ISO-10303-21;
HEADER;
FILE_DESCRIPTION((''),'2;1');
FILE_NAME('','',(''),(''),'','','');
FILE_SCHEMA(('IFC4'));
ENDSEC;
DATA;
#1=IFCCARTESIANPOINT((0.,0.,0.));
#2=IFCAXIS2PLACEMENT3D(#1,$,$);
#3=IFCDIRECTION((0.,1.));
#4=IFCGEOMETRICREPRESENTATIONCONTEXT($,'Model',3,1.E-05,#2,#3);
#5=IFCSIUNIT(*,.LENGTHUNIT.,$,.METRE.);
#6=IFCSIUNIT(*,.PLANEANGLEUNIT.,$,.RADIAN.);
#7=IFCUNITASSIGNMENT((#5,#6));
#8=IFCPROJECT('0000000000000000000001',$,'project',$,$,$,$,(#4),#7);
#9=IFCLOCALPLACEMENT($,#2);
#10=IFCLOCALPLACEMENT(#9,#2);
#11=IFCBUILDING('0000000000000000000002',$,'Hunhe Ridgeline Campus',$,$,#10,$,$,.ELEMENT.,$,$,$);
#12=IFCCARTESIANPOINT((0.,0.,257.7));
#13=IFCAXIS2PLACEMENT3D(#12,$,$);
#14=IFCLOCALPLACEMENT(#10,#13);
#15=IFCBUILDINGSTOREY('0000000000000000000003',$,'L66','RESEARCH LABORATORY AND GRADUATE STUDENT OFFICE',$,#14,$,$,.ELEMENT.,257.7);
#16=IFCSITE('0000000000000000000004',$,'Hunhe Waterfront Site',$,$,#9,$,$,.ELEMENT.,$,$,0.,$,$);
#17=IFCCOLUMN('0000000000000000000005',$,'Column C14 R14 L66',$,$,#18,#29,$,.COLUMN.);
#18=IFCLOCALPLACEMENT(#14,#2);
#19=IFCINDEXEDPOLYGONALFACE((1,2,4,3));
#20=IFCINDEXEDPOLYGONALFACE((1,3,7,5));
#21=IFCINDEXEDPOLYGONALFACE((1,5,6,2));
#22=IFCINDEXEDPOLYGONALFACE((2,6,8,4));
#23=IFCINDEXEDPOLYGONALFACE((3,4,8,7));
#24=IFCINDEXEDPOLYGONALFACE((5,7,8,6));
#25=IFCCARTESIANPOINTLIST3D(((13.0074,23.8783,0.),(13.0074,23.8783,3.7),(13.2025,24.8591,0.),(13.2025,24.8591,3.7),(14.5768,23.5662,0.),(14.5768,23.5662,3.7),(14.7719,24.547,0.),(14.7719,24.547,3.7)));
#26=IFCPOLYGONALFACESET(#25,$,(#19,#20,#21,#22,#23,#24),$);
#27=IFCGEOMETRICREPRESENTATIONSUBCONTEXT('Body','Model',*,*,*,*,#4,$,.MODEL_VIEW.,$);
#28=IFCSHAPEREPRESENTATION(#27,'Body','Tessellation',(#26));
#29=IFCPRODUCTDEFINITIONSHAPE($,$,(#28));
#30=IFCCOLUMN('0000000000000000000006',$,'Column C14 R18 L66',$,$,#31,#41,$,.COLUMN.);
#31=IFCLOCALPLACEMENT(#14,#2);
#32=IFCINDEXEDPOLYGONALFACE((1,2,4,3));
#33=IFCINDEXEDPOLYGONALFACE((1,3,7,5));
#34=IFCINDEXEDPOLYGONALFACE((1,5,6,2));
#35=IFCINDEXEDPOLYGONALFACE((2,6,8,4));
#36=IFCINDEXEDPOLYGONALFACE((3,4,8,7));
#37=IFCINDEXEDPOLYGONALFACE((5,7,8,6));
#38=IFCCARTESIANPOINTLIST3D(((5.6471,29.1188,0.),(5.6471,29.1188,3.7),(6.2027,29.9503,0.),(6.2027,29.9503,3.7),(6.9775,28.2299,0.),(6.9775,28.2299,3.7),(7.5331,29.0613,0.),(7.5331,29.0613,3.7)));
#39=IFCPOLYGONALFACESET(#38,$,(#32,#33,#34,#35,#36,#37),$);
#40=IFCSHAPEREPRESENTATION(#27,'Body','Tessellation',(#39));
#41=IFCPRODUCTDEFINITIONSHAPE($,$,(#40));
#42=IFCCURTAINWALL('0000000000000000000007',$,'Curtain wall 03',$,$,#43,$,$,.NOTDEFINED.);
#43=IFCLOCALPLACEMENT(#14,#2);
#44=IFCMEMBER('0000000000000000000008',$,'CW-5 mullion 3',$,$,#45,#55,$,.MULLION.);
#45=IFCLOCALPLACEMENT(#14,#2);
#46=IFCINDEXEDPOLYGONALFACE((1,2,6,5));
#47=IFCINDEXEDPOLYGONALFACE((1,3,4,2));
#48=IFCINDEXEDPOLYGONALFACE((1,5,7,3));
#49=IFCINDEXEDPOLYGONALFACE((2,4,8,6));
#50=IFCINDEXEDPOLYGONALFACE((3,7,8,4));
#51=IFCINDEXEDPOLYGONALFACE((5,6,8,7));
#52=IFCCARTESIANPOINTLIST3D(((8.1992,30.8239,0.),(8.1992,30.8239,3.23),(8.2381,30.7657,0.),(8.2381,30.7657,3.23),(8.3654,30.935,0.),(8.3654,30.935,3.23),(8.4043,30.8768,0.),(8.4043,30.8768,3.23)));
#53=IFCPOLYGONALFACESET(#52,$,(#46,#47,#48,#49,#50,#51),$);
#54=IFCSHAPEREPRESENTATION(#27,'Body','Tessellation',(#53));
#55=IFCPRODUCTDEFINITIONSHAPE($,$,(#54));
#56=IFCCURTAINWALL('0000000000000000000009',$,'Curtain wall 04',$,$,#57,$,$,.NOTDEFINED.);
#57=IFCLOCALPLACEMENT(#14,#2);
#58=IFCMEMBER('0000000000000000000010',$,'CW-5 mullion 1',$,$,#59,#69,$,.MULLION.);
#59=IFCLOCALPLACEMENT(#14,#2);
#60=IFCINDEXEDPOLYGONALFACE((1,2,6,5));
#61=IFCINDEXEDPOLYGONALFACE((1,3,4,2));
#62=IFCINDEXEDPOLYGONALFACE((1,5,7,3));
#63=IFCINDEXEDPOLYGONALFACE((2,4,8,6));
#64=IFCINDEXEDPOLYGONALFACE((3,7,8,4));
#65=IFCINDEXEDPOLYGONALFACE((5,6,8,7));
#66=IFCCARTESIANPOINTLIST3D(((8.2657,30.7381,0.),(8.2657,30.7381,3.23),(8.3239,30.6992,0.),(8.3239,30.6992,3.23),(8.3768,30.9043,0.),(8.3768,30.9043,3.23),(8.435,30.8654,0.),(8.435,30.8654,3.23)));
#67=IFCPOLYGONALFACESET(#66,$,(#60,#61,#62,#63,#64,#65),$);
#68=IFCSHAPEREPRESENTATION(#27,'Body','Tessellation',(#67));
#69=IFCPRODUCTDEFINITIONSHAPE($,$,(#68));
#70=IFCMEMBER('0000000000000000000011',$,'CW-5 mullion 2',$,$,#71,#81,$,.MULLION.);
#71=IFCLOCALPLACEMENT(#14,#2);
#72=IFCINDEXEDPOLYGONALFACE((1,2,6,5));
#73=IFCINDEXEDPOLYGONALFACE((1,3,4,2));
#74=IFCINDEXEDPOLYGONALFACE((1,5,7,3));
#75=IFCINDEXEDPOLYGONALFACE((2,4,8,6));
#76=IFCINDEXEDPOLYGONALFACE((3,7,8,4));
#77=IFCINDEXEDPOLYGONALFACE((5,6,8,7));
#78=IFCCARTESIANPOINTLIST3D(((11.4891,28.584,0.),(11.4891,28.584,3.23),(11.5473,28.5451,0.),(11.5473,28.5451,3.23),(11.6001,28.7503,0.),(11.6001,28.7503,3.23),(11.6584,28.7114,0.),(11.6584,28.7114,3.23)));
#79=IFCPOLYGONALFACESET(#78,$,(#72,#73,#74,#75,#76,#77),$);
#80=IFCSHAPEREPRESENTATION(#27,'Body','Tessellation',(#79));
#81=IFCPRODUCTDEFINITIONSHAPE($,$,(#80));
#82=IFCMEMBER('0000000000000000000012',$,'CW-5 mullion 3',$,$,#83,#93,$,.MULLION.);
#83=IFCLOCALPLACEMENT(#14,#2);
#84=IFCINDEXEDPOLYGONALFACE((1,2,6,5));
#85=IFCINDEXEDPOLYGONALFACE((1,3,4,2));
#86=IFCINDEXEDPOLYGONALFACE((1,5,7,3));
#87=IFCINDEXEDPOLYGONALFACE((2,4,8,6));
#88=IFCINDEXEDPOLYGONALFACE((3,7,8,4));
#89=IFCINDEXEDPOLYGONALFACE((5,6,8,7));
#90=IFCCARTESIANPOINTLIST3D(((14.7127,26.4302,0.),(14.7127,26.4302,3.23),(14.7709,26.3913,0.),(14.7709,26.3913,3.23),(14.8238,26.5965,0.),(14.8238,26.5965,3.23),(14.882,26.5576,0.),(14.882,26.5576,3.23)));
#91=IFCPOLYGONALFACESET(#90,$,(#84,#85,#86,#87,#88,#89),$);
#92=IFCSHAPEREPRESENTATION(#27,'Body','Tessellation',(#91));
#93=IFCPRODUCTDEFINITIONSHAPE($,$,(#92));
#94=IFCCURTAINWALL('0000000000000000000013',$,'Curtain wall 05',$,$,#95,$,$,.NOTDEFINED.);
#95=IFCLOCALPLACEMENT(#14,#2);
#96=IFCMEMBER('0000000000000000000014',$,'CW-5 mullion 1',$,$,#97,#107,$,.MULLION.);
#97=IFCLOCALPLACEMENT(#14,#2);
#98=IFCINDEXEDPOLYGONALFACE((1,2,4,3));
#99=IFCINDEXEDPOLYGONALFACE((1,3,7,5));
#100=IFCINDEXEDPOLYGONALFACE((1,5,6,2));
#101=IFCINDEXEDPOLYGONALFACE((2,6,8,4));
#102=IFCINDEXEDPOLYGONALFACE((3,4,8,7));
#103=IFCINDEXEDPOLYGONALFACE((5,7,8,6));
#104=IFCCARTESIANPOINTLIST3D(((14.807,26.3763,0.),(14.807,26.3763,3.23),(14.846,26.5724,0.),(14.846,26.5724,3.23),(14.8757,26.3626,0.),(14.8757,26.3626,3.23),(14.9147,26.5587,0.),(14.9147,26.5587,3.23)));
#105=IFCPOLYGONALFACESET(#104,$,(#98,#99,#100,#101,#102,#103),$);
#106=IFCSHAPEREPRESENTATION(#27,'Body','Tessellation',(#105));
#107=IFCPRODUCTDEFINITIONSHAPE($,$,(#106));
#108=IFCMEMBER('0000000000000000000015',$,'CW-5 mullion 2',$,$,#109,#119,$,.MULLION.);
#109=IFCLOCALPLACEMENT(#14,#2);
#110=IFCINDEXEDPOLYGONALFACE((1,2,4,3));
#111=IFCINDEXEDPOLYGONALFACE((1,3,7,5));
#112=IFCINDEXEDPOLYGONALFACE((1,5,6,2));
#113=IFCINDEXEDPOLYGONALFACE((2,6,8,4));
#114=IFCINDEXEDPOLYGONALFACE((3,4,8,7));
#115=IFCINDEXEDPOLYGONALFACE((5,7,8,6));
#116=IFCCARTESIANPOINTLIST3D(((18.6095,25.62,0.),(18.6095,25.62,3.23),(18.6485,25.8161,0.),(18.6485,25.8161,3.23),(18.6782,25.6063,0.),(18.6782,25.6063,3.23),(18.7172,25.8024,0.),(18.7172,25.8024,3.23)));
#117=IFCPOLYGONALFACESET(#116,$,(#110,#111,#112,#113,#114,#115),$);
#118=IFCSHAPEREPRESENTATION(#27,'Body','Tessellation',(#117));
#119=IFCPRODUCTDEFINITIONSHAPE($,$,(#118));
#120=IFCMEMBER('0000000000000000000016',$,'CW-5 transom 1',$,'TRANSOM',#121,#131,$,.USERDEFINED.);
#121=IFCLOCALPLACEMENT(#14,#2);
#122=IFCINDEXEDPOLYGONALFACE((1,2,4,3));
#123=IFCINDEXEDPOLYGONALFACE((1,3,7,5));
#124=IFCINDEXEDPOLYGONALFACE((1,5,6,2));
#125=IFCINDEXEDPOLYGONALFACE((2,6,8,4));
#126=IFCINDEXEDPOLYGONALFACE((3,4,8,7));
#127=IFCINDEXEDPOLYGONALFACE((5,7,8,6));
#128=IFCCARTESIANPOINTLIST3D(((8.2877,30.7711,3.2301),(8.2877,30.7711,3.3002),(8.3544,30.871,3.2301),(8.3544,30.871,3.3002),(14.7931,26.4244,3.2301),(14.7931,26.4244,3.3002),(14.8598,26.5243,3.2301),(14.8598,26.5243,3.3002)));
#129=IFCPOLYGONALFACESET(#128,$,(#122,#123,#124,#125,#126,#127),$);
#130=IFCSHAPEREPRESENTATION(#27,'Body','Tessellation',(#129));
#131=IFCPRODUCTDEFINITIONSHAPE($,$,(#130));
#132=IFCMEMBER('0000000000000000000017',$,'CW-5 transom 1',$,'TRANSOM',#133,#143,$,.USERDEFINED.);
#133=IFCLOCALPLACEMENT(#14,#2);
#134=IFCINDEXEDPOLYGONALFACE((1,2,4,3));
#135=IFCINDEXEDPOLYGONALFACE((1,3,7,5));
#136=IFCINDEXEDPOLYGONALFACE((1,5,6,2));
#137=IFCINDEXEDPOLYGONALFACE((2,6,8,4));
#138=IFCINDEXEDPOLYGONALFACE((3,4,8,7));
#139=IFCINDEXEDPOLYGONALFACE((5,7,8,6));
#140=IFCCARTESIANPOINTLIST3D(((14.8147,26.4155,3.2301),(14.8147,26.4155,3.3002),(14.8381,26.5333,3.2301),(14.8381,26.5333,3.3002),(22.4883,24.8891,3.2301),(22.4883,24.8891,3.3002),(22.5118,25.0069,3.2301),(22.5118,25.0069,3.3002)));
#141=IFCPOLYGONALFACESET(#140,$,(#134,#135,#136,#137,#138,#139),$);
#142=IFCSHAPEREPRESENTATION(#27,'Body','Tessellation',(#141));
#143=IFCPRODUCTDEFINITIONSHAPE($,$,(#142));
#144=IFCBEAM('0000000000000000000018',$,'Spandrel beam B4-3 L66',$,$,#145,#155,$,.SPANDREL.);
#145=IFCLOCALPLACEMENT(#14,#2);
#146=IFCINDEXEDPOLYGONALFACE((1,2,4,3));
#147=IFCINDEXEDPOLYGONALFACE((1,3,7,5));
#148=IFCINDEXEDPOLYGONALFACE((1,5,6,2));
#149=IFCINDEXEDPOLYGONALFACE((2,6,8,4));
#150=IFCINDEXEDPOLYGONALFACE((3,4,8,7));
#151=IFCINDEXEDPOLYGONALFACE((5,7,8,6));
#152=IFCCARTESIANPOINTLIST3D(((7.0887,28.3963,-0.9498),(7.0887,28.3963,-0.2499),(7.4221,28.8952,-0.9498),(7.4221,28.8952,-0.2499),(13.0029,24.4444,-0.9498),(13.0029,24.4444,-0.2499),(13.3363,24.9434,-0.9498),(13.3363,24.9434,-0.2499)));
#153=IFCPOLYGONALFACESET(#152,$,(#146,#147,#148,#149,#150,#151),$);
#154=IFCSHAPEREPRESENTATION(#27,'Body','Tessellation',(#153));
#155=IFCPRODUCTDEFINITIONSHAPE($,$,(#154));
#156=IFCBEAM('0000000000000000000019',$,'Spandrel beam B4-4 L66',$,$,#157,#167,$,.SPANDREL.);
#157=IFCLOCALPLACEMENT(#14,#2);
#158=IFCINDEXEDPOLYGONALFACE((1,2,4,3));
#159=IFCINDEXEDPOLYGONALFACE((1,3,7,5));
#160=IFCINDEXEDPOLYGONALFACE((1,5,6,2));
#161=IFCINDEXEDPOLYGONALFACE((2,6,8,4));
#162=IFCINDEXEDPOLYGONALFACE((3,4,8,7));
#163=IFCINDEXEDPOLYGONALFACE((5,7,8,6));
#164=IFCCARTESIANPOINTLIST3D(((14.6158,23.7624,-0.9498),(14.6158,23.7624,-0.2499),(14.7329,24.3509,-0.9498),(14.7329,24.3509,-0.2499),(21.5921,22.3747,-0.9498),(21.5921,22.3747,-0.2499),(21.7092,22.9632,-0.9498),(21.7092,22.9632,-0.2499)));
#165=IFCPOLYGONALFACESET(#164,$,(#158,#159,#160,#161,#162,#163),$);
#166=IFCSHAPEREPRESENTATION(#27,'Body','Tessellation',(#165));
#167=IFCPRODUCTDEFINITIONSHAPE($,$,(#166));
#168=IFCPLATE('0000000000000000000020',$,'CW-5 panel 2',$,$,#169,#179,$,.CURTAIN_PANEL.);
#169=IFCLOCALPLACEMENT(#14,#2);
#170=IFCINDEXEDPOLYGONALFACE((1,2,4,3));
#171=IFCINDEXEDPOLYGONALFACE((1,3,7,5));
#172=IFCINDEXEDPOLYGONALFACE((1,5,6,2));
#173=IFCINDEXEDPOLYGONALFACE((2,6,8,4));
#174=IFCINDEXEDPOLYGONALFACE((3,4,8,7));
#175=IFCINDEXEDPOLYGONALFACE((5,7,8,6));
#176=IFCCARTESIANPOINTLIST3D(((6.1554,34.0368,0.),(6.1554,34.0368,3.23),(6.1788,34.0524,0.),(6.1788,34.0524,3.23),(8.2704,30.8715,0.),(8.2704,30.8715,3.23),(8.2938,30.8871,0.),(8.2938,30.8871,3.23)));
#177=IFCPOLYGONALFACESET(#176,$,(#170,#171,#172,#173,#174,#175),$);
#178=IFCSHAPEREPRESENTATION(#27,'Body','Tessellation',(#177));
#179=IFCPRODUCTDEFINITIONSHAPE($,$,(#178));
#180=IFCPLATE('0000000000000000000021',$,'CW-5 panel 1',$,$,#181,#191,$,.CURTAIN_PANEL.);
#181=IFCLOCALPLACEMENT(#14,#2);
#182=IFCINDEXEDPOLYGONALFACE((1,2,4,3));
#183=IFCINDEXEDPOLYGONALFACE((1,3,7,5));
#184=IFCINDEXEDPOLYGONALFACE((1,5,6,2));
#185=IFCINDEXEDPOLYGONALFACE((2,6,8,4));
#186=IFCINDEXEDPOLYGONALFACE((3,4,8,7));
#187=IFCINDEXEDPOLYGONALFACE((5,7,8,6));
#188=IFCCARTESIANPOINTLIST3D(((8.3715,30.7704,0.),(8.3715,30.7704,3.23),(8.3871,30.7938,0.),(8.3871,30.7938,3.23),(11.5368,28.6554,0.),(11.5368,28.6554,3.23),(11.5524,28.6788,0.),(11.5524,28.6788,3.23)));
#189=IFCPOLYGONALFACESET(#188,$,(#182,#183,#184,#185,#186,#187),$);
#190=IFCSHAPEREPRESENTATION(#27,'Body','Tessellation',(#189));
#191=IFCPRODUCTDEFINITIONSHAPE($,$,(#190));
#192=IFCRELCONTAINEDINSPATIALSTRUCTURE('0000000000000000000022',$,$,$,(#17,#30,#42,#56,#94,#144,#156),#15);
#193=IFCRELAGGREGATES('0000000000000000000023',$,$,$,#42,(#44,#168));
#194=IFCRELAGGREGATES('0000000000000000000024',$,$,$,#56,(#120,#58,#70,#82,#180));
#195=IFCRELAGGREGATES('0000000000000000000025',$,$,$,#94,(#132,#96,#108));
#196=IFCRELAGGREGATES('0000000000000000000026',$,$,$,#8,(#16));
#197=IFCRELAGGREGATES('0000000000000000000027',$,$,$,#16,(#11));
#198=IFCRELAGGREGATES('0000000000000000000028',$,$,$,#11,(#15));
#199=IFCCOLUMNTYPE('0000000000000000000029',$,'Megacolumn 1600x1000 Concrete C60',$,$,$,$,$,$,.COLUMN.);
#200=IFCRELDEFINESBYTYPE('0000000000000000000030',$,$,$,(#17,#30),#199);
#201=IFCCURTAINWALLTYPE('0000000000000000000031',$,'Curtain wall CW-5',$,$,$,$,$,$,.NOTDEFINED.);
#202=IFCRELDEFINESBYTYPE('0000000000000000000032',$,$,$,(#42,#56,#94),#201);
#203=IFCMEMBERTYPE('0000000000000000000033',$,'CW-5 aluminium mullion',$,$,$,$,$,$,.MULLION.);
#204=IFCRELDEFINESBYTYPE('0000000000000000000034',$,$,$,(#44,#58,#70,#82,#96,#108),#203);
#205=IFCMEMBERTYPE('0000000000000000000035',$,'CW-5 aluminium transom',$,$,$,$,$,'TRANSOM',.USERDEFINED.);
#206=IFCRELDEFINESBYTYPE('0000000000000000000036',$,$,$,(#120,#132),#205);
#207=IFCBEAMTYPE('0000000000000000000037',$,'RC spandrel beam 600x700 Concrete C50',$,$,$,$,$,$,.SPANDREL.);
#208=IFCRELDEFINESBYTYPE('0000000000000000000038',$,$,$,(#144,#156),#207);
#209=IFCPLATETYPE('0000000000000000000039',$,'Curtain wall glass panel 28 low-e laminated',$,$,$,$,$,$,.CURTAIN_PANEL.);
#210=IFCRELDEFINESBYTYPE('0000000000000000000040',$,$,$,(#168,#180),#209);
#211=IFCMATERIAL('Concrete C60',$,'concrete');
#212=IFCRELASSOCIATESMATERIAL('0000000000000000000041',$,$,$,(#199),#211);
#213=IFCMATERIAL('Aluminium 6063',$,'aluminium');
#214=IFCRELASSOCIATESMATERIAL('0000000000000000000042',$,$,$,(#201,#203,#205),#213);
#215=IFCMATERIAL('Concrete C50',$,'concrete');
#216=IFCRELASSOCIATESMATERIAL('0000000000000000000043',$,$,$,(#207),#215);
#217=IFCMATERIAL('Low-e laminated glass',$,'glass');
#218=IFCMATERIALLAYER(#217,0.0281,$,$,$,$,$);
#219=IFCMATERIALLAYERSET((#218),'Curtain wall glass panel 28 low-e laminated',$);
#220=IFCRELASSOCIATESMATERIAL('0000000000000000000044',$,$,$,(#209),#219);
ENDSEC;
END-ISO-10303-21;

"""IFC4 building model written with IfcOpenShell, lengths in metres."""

from ifc_helpers import new_model, si_unit, direction, frame, origin, origin_2d, place, context, subcontext, project, spatial, rectangle, extrude, material, layer, layer_set, material_profile, profile_set, type_object, element, aggregate, save


model = new_model("IFC4")

# Units and contexts
model_context = context("Model", 3, precision=1e-05, world=origin(), true_north=direction((0.0, 1.0)))
body_context = subcontext(model_context, "Body", "Model", "MODEL_VIEW")
ifc_project = project(units=[si_unit("LENGTHUNIT", "METRE"), si_unit("PLANEANGLEUNIT", "RADIAN")], contexts=[model_context])

# Site, building, storey
site_placement = place(None, origin())
site = spatial("IfcSite", under=ifc_project, at=site_placement, Name="Hunhe Waterfront Site", CompositionType="ELEMENT", RefElevation=0.0)
building_placement = place(site_placement, origin())
building = spatial("IfcBuilding", under=site, at=building_placement, Name="Hunhe Ridgeline Campus", CompositionType="ELEMENT")
storey_placement = place(building_placement, frame((0.0, 0.0, 257.7)))
storey = spatial("IfcBuildingStorey", under=building, at=storey_placement, Name="L66", Description="RESEARCH LABORATORY AND GRADUATE STUDENT OFFICE", CompositionType="ELEMENT", Elevation=257.7)

# Columns
ifc_material_1 = material(Name="Concrete C60", Category="concrete")
ifc_material_profile_1 = material_profile(ifc_material_1, rectangle(XDim=1.6001, YDim=1.0, at=origin_2d()))
ifc_profile_set_1 = profile_set([ifc_material_profile_1], Name="Concrete C60")
column_type = type_object("IfcColumnType", Name="Megacolumn 1600x1000 Concrete C60", PredefinedType="COLUMN", material=ifc_profile_set_1)
for number, where, z_axis, x_axis, name in (
    (1, (13.8896, 24.2126, 0.0), (0.0, 0.0, 1.0), (-0.980785, 0.19509, 0.0), "Column C14 R14 L66"),
    (2, (6.5901, 29.0901, 0.0), (0.0, 0.0, 1.0), (-0.83147, 0.55557, 0.0), "Column C14 R18 L66"),
):
    element("IfcColumn", number, at=place(storey_placement, frame(where, z_axis=z_axis, x_axis=x_axis)), inside=storey, type_object=column_type, Name=name, PredefinedType="COLUMN", context=body_context, shape_type="SweptSolid", body=[
        extrude(rectangle(XDim=1.6001, YDim=1.0, at=origin_2d()), origin(), (0.0, 0.0, 1.0), 3.7),
    ])

# Curtain wall, member
ifc_material_2 = material(Name="Aluminium 6063", Category="aluminium")
curtain_wall_type = type_object("IfcCurtainWallType", Name="Curtain wall CW-5", PredefinedType="NOTDEFINED", material=ifc_material_2)
curtain_wall_1_placement = place(storey_placement, origin())
curtain_wall_1 = element("IfcCurtainWall", 3, at=curtain_wall_1_placement, inside=storey, type_object=curtain_wall_type, Name="Curtain wall 03", PredefinedType="NOTDEFINED")
ifc_material_profile_2 = material_profile(ifc_material_2, rectangle(XDim=0.2, YDim=0.0701, at=origin_2d()))
ifc_profile_set_2 = profile_set([ifc_material_profile_2], Name="Aluminium 6063")
member_type_1 = type_object("IfcMemberType", Name="CW-5 aluminium mullion", PredefinedType="MULLION", material=ifc_profile_set_2)
member_1_placement = place(storey_placement, frame((8.3018, 30.8503, 0.0), z_axis=(0.0, 0.0, 1.0), x_axis=(0.83147, 0.55557, 0.0)))
member_1 = element("IfcMember", 4, at=member_1_placement, type_object=member_type_1, Name="CW-5 mullion 3", PredefinedType="MULLION", context=body_context, shape_type="SweptSolid", body=[
    extrude(rectangle(XDim=0.2, YDim=0.0701, at=origin_2d()), origin(), (0.0, 0.0, 1.0), 3.23),
])

# Curtain walls, members
curtain_wall_2_placement = place(storey_placement, origin())
curtain_wall_2 = element("IfcCurtainWall", 5, at=curtain_wall_2_placement, inside=storey, type_object=curtain_wall_type, Name="Curtain wall 04", PredefinedType="NOTDEFINED")
member_2_placement = place(storey_placement, frame((8.3503, 30.8018, 0.0), z_axis=(0.0, 0.0, 1.0), x_axis=(0.55557, 0.83147, 0.0)))
member_2 = element("IfcMember", 6, at=member_2_placement, type_object=member_type_1, Name="CW-5 mullion 1", PredefinedType="MULLION", context=body_context, shape_type="SweptSolid", body=[
    extrude(rectangle(XDim=0.2, YDim=0.0701, at=origin_2d()), origin(), (0.0, 0.0, 1.0), 3.23),
])
member_3_placement = place(storey_placement, frame((11.5737, 28.6477, 0.0), z_axis=(0.0, 0.0, 1.0), x_axis=(0.55557, 0.83147, 0.0)))
member_3 = element("IfcMember", 7, at=member_3_placement, type_object=member_type_1, Name="CW-5 mullion 2", PredefinedType="MULLION", context=body_context, shape_type="SweptSolid", body=[
    extrude(rectangle(XDim=0.2, YDim=0.0701, at=origin_2d()), origin(), (0.0, 0.0, 1.0), 3.23),
])
member_4_placement = place(storey_placement, frame((14.7974, 26.4939, 0.0), z_axis=(0.0, 0.0, 1.0), x_axis=(0.55557, 0.83147, 0.0)))
member_4 = element("IfcMember", 8, at=member_4_placement, type_object=member_type_1, Name="CW-5 mullion 3", PredefinedType="MULLION", context=body_context, shape_type="SweptSolid", body=[
    extrude(rectangle(XDim=0.2, YDim=0.0701, at=origin_2d()), origin(), (0.0, 0.0, 1.0), 3.23),
])
curtain_wall_3_placement = place(storey_placement, origin())
curtain_wall_3 = element("IfcCurtainWall", 9, at=curtain_wall_3_placement, inside=storey, type_object=curtain_wall_type, Name="Curtain wall 05", PredefinedType="NOTDEFINED")
member_5_placement = place(storey_placement, frame((14.8608, 26.4675, 0.0), z_axis=(0.0, 0.0, 1.0), x_axis=(0.19509, 0.980785, 0.0)))
member_5 = element("IfcMember", 10, at=member_5_placement, type_object=member_type_1, Name="CW-5 mullion 1", PredefinedType="MULLION", context=body_context, shape_type="SweptSolid", body=[
    extrude(rectangle(XDim=0.2, YDim=0.0701, at=origin_2d()), origin(), (0.0, 0.0, 1.0), 3.23),
])
member_6_placement = place(storey_placement, frame((18.6633, 25.7112, 0.0), z_axis=(0.0, 0.0, 1.0), x_axis=(0.19509, 0.980785, 0.0)))
member_6 = element("IfcMember", 11, at=member_6_placement, type_object=member_type_1, Name="CW-5 mullion 2", PredefinedType="MULLION", context=body_context, shape_type="SweptSolid", body=[
    extrude(rectangle(XDim=0.2, YDim=0.0701, at=origin_2d()), origin(), (0.0, 0.0, 1.0), 3.23),
])

# Members
ifc_material_profile_3 = material_profile(ifc_material_2, rectangle(XDim=0.1201, YDim=0.0701, at=origin_2d()))
ifc_profile_set_3 = profile_set([ifc_material_profile_3], Name="Aluminium 6063")
member_type_2 = type_object("IfcMemberType", Name="CW-5 aluminium transom", ElementType="TRANSOM", PredefinedType="USERDEFINED", material=ifc_profile_set_3)
member_7_placement = place(storey_placement, frame((8.321, 30.821, 3.2651), z_axis=(0.831474, -0.555564, 0.0), x_axis=(0.555564, 0.831474, 0.0)))
member_7 = element("IfcMember", 12, at=member_7_placement, type_object=member_type_2, Name="CW-5 transom 1", ObjectType="TRANSOM", PredefinedType="USERDEFINED", context=body_context, shape_type="SweptSolid", body=[
    extrude(rectangle(XDim=0.1201, YDim=0.0701, at=origin_2d()), origin(), (0.0, 0.0, 1.0), 7.824),
])
member_8_placement = place(storey_placement, frame((14.8264, 26.4744, 3.2651), z_axis=(0.980785, -0.19509, 0.0), x_axis=(0.19509, 0.980785, 0.0)))
member_8 = element("IfcMember", 13, at=member_8_placement, type_object=member_type_2, Name="CW-5 transom 1", ObjectType="TRANSOM", PredefinedType="USERDEFINED", context=body_context, shape_type="SweptSolid", body=[
    extrude(rectangle(XDim=0.1201, YDim=0.0701, at=origin_2d()), origin(), (0.0, 0.0, 1.0), 7.824),
])

# Beams
ifc_material_3 = material(Name="Concrete C50", Category="concrete")
ifc_material_profile_4 = material_profile(ifc_material_3, rectangle(XDim=0.6001, YDim=0.7, at=origin_2d()))
ifc_profile_set_4 = profile_set([ifc_material_profile_4], Name="Concrete C50")
beam_type = type_object("IfcBeamType", Name="RC spandrel beam 600x700 Concrete C50", PredefinedType="SPANDREL", material=ifc_profile_set_4)
for number, where, z_axis, x_axis, name in (
    (14, (7.2554, 28.6458, -0.5999), (0.831464, -0.555579, 0.0), (0.555579, 0.831464, 0.0), "Spandrel beam B4-3 L66"),
    (15, (14.6743, 24.0566, -0.5999), (0.980785, -0.195093, 0.0), (0.195093, 0.980785, 0.0), "Spandrel beam B4-4 L66"),
):
    element("IfcBeam", number, at=place(storey_placement, frame(where, z_axis=z_axis, x_axis=x_axis)), inside=storey, type_object=beam_type, Name=name, PredefinedType="SPANDREL", context=body_context, shape_type="SweptSolid", body=[
        extrude(rectangle(XDim=0.6001, YDim=0.7, at=origin_2d()), origin(), (0.0, 0.0, 1.0), 7.113),
    ])

# Plates
ifc_material_4 = material(Name="Low-e laminated glass", Category="glass")
ifc_layer_1 = layer(ifc_material_4, 0.0281)
ifc_layer_set_1 = layer_set([ifc_layer_1], Name="Curtain wall glass panel 28 low-e laminated")
plate_type = type_object("IfcPlateType", Name="Curtain wall glass panel 28 low-e laminated", PredefinedType="CURTAIN_PANEL", material=ifc_layer_set_1)
plate_1_placement = place(storey_placement, frame((7.2246, 32.4619, 0.0), z_axis=(0.0, 0.0, 1.0), x_axis=(0.55557, -0.83147, 0.0)))
plate_1 = element("IfcPlate", 16, at=plate_1_placement, type_object=plate_type, Name="CW-5 panel 2", PredefinedType="CURTAIN_PANEL", context=body_context, shape_type="SweptSolid", body=[
    extrude(rectangle(XDim=3.8069, YDim=0.0281, at=origin_2d()), origin(), (0.0, 0.0, 1.0), 3.23),
])
aggregate(curtain_wall_1, [member_1, plate_1])
plate_2_placement = place(storey_placement, frame((9.9619, 29.7246, 0.0), z_axis=(0.0, 0.0, 1.0), x_axis=(0.83147, -0.55557, 0.0)))
plate_2 = element("IfcPlate", 17, at=plate_2_placement, type_object=plate_type, Name="CW-5 panel 1", PredefinedType="CURTAIN_PANEL", context=body_context, shape_type="SweptSolid", body=[
    extrude(rectangle(XDim=3.8069, YDim=0.0281, at=origin_2d()), origin(), (0.0, 0.0, 1.0), 3.23),
])
aggregate(curtain_wall_2, [member_7, member_2, member_3, member_4, plate_2])
aggregate(curtain_wall_3, [member_8, member_5, member_6])

save(model, "model.ifc")
